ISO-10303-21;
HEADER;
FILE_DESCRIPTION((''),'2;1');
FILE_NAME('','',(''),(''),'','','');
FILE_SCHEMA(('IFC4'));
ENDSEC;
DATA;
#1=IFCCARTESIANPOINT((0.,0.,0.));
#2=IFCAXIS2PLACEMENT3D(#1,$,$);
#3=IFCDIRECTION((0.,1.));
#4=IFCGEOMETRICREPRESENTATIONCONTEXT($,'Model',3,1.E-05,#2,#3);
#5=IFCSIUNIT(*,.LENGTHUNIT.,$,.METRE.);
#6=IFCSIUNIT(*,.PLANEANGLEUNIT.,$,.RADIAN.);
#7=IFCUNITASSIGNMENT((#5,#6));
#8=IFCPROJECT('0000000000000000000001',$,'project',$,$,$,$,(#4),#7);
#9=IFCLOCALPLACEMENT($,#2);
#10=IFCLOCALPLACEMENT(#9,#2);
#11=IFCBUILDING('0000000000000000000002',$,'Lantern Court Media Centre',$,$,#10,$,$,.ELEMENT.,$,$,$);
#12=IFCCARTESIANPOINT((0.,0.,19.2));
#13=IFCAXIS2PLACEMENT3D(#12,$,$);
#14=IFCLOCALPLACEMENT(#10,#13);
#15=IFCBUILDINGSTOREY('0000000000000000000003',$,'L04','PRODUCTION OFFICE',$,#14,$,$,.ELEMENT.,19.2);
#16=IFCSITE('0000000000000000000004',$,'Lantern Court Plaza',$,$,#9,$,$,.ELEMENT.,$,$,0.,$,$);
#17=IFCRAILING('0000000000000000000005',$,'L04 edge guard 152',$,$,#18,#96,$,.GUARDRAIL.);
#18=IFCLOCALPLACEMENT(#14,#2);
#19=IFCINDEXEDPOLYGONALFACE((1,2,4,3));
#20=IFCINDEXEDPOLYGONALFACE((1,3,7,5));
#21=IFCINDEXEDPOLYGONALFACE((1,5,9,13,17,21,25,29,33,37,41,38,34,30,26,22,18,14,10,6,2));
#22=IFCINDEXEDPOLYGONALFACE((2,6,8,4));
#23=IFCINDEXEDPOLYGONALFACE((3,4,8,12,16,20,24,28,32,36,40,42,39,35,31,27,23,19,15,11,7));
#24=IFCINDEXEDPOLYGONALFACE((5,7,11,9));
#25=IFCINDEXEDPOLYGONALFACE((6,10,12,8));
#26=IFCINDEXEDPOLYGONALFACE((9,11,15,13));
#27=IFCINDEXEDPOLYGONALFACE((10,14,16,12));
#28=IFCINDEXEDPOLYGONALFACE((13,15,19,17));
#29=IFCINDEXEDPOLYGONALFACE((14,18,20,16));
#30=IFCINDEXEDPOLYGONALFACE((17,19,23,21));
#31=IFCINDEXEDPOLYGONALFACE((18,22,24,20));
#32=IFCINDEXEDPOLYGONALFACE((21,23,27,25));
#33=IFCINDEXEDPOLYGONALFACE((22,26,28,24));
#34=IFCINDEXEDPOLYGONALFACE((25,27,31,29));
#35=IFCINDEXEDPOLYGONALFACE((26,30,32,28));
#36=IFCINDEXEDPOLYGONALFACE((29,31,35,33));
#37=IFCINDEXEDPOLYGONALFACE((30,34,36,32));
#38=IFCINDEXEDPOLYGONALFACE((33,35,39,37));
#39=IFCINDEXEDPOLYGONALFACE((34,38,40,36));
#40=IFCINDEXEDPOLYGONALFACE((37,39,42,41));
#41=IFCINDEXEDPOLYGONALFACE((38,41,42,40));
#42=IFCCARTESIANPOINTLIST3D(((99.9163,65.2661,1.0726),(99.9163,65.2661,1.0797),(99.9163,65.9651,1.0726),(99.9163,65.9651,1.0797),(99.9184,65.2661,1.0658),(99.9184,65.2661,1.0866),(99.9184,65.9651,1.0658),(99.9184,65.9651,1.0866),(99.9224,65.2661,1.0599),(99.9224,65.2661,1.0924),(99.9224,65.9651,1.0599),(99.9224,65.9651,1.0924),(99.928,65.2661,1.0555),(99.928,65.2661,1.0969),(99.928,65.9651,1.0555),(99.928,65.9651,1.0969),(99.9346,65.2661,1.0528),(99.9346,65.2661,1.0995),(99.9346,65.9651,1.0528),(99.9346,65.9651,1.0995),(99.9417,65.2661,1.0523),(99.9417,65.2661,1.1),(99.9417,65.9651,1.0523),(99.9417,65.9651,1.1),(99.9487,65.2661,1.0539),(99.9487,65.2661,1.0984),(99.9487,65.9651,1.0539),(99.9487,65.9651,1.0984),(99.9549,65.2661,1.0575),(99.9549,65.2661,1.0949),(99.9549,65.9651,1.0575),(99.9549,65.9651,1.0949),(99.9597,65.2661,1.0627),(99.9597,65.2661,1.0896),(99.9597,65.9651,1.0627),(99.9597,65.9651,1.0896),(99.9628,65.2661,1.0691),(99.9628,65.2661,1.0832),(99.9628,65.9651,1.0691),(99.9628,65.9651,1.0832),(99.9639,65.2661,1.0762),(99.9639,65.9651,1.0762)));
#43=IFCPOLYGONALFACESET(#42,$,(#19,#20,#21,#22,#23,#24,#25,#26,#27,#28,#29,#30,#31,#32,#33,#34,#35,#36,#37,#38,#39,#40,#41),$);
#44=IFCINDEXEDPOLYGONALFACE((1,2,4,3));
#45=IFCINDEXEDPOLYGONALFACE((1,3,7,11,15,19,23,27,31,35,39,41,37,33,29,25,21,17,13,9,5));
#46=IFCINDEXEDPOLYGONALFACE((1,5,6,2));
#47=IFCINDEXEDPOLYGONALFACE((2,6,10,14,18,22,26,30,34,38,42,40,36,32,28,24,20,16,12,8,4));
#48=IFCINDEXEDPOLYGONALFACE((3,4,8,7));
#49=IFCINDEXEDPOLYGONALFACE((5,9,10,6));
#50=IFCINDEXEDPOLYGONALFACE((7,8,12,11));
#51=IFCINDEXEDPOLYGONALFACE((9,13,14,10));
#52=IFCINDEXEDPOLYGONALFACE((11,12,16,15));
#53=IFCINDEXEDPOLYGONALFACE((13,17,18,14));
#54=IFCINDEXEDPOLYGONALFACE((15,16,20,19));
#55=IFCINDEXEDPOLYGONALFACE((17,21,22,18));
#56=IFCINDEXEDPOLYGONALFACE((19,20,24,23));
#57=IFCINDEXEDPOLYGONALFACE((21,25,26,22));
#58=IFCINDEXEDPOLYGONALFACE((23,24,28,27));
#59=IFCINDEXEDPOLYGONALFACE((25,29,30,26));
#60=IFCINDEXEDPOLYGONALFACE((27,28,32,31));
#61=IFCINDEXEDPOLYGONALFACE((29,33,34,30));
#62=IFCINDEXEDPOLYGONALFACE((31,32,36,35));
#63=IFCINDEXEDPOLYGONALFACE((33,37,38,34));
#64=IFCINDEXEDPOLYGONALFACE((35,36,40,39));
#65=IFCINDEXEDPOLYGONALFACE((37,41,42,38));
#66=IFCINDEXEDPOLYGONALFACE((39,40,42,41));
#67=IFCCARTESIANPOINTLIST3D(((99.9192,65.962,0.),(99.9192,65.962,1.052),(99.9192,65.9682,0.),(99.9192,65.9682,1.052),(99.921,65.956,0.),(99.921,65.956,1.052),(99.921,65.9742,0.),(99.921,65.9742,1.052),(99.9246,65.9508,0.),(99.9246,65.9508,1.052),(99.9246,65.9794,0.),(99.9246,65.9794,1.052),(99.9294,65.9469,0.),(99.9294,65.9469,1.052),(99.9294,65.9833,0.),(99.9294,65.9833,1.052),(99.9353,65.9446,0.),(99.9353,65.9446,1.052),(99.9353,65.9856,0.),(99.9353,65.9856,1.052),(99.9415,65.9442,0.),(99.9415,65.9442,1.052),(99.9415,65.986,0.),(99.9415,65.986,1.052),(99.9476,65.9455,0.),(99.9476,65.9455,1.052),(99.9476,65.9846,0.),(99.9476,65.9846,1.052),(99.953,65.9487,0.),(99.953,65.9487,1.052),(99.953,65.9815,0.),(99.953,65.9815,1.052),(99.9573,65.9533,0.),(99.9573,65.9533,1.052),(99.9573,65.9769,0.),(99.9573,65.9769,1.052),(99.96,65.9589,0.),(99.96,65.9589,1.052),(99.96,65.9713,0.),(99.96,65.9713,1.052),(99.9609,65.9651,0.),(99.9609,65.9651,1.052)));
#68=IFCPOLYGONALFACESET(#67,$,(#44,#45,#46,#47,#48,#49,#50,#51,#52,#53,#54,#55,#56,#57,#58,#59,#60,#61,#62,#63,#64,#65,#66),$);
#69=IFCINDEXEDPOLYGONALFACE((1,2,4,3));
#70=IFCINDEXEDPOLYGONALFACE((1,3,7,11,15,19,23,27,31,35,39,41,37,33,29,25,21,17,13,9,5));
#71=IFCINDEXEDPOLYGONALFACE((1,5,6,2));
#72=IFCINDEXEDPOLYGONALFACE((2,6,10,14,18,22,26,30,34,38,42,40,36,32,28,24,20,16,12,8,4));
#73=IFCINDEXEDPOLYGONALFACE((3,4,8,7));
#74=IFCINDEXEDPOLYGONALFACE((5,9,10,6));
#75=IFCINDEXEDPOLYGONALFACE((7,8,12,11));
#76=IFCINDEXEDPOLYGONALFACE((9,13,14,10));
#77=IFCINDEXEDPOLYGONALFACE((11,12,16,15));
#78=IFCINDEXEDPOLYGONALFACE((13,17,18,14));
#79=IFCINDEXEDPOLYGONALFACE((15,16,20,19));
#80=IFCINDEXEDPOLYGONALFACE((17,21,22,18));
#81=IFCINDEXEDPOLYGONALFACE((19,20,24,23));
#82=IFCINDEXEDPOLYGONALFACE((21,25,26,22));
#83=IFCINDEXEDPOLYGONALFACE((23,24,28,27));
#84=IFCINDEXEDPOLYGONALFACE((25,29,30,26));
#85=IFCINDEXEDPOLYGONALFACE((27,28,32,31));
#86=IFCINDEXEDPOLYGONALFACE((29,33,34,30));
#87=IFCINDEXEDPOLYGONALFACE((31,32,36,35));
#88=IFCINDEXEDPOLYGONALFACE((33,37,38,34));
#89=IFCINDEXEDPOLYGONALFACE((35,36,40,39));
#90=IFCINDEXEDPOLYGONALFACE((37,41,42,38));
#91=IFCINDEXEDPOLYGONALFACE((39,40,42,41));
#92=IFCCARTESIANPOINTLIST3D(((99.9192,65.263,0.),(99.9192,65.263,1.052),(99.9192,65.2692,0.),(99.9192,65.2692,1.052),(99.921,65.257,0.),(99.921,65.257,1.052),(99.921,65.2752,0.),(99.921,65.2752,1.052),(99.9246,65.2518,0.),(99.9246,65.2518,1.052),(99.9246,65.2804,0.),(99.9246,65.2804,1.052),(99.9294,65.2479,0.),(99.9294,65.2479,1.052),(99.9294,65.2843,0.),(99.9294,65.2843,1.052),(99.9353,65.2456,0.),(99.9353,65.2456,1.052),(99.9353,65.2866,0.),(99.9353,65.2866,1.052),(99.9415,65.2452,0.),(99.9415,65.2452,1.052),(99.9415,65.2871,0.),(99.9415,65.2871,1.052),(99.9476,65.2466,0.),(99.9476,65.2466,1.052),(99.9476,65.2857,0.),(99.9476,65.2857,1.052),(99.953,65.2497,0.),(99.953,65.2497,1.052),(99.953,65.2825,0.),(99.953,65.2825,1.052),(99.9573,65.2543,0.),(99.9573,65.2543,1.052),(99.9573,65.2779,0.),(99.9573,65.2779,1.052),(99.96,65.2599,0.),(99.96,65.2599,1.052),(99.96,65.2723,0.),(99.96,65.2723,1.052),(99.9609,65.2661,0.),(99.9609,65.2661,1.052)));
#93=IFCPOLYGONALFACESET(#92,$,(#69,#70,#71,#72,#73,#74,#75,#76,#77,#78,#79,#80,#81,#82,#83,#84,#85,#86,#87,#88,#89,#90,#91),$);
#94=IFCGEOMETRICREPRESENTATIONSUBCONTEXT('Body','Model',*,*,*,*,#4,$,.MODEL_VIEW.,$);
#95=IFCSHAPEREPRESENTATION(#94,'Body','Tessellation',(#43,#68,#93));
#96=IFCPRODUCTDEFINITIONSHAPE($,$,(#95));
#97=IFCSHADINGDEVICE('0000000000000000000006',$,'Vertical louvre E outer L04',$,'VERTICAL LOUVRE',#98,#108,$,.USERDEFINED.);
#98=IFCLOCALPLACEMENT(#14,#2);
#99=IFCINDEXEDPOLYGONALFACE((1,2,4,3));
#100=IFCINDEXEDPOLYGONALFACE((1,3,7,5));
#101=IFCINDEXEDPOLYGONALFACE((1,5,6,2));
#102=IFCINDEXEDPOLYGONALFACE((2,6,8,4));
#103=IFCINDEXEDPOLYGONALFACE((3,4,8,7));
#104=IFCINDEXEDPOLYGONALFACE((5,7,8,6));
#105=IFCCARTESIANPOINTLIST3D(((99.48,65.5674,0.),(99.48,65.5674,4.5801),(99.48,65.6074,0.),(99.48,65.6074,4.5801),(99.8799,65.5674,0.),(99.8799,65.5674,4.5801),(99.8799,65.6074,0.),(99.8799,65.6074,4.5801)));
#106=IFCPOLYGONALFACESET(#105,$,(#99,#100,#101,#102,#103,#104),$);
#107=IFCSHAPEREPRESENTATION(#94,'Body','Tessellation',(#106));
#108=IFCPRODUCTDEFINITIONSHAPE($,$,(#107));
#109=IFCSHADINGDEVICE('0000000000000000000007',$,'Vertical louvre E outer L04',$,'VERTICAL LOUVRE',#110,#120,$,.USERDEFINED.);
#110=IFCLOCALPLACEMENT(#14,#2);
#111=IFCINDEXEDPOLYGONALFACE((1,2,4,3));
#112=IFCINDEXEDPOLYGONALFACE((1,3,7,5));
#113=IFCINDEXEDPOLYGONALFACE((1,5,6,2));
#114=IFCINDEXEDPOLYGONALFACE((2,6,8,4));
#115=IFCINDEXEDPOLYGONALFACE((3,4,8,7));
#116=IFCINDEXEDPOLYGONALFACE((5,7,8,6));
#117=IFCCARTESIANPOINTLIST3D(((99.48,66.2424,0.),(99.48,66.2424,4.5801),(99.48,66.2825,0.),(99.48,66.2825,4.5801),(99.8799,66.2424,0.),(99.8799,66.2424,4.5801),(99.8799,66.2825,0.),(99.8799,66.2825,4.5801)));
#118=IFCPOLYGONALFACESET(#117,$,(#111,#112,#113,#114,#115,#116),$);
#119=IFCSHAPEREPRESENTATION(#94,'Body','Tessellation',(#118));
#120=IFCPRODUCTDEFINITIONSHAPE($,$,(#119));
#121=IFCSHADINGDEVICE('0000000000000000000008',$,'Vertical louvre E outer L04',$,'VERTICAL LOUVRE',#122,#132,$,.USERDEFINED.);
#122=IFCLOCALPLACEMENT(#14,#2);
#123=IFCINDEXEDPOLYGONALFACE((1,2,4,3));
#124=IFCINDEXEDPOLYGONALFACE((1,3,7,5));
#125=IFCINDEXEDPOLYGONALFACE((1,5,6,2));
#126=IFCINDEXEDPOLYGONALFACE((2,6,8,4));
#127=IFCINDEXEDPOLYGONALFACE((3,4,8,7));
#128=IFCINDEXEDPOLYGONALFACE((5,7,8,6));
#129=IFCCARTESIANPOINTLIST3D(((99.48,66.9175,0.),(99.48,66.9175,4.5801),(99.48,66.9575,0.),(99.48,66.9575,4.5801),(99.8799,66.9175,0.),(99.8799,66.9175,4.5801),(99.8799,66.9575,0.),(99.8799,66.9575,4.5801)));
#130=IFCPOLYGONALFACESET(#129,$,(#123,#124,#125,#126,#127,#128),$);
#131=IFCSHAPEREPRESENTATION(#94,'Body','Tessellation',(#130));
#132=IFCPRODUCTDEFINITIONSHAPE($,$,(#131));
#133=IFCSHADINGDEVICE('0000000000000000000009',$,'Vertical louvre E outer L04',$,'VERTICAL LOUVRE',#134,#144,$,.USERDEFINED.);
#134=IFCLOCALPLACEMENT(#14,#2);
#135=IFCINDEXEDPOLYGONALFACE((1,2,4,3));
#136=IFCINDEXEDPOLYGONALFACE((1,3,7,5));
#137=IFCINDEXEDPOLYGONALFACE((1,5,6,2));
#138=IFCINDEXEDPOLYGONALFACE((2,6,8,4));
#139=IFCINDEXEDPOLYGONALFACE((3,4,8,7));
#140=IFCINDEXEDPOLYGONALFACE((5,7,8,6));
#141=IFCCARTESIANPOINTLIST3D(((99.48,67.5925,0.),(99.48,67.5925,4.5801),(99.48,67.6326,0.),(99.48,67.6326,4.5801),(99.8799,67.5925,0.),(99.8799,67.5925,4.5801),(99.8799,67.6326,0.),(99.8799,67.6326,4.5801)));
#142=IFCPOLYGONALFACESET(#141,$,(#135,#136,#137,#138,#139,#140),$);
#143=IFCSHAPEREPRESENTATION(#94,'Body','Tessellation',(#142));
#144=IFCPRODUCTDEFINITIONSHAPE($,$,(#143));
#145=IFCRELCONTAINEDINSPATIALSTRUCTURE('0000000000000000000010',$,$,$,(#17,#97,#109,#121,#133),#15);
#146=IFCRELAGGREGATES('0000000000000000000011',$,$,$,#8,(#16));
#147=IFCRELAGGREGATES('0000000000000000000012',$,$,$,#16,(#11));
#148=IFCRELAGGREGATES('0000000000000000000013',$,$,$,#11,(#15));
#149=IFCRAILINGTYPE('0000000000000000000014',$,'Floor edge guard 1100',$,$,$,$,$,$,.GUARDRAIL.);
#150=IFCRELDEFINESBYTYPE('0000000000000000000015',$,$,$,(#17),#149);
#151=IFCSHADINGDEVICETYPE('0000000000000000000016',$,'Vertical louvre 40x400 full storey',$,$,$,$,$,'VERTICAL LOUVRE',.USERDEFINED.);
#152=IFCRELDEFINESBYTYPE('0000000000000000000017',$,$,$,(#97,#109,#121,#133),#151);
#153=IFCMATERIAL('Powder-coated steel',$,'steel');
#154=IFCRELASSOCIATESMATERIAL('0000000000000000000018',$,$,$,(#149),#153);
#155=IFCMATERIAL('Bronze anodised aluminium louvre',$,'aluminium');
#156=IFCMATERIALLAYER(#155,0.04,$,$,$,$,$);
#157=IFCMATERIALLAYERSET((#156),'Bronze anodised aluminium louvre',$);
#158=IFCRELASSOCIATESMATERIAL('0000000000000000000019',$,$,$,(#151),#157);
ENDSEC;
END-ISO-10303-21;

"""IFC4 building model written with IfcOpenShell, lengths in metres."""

from ifc_helpers import new_model, si_unit, direction, frame, origin, origin_2d, place, context, subcontext, project, spatial, rectangle, circle, extrude, material, layer, layer_set, type_object, element, save


model = new_model("IFC4")

# Units and contexts
model_context = context("Model", 3, precision=1e-05, world=origin(), true_north=direction((0.0, 1.0)))
body_context = subcontext(model_context, "Body", "Model", "MODEL_VIEW")
ifc_project = project(units=[si_unit("LENGTHUNIT", "METRE"), si_unit("PLANEANGLEUNIT", "RADIAN")], contexts=[model_context])

# Site, building, storey
site_placement = place(None, origin())
site = spatial("IfcSite", under=ifc_project, at=site_placement, Name="Lantern Court Plaza", CompositionType="ELEMENT", RefElevation=0.0)
building_placement = place(site_placement, origin())
building = spatial("IfcBuilding", under=site, at=building_placement, Name="Lantern Court Media Centre", CompositionType="ELEMENT")
storey_placement = place(building_placement, frame((0.0, 0.0, 19.2)))
storey = spatial("IfcBuildingStorey", under=building, at=storey_placement, Name="L04", Description="PRODUCTION OFFICE", CompositionType="ELEMENT", Elevation=19.2)

# Railing
ifc_material_1 = material(Name="Powder-coated steel", Category="steel")
railing_type = type_object("IfcRailingType", Name="Floor edge guard 1100", PredefinedType="GUARDRAIL", material=ifc_material_1)
railing_1_placement = place(storey_placement, frame((99.9399, 65.9651, 0.0)))
element("IfcRailing", 1, at=railing_1_placement, inside=storey, type_object=railing_type, Name="L04 edge guard 152", PredefinedType="GUARDRAIL", context=body_context, shape_type="SweptSolid", body=[
    extrude(circle(Radius=0.0239, at=origin_2d()), frame((0.0, 0.0, 1.0762), z_axis=(0.0, -1.0, 0.0), x_axis=(1.0, 0.0, 0.0)), (0.0, 0.0, 1.0), 0.699),
    extrude(circle(Radius=0.021, at=origin_2d()), origin(), (0.0, 0.0, 1.0), 1.052),
    extrude(circle(Radius=0.021, at=origin_2d()), frame((0.0, -0.699, 0.0)), (0.0, 0.0, 1.0), 1.052),
])

# Shading devices
ifc_material_2 = material(Name="Bronze anodised aluminium louvre", Category="aluminium")
ifc_layer_1 = layer(ifc_material_2, 0.04)
ifc_layer_set_1 = layer_set([ifc_layer_1], Name="Bronze anodised aluminium louvre")
shading_device_type = type_object("IfcShadingDeviceType", Name="Vertical louvre 40x400 full storey", ElementType="VERTICAL LOUVRE", PredefinedType="USERDEFINED", material=ifc_layer_set_1)
for number, where, z_axis, x_axis, name in (
    (2, (99.6799, 65.5874, 0.0), (0.0, 0.0, 1.0), (1.0, 0.0, 0.0), "Vertical louvre E outer L04"),
    (3, (99.6799, 66.2625, 0.0), (0.0, 0.0, 1.0), (1.0, 0.0, 0.0), "Vertical louvre E outer L04"),
    (4, (99.6799, 66.9375, 0.0), (0.0, 0.0, 1.0), (1.0, 0.0, 0.0), "Vertical louvre E outer L04"),
    (5, (99.6799, 67.6125, 0.0), (0.0, 0.0, 1.0), (1.0, 0.0, 0.0), "Vertical louvre E outer L04"),
):
    element("IfcShadingDevice", number, at=place(storey_placement, frame(where, z_axis=z_axis, x_axis=x_axis)), inside=storey, type_object=shading_device_type, Name=name, ObjectType="VERTICAL LOUVRE", PredefinedType="USERDEFINED", context=body_context, shape_type="SweptSolid", body=[
        extrude(rectangle(XDim=0.3999, YDim=0.04, at=origin_2d()), origin(), (0.0, 0.0, 1.0), 4.5801),
    ])

save(model, "model.ifc")
